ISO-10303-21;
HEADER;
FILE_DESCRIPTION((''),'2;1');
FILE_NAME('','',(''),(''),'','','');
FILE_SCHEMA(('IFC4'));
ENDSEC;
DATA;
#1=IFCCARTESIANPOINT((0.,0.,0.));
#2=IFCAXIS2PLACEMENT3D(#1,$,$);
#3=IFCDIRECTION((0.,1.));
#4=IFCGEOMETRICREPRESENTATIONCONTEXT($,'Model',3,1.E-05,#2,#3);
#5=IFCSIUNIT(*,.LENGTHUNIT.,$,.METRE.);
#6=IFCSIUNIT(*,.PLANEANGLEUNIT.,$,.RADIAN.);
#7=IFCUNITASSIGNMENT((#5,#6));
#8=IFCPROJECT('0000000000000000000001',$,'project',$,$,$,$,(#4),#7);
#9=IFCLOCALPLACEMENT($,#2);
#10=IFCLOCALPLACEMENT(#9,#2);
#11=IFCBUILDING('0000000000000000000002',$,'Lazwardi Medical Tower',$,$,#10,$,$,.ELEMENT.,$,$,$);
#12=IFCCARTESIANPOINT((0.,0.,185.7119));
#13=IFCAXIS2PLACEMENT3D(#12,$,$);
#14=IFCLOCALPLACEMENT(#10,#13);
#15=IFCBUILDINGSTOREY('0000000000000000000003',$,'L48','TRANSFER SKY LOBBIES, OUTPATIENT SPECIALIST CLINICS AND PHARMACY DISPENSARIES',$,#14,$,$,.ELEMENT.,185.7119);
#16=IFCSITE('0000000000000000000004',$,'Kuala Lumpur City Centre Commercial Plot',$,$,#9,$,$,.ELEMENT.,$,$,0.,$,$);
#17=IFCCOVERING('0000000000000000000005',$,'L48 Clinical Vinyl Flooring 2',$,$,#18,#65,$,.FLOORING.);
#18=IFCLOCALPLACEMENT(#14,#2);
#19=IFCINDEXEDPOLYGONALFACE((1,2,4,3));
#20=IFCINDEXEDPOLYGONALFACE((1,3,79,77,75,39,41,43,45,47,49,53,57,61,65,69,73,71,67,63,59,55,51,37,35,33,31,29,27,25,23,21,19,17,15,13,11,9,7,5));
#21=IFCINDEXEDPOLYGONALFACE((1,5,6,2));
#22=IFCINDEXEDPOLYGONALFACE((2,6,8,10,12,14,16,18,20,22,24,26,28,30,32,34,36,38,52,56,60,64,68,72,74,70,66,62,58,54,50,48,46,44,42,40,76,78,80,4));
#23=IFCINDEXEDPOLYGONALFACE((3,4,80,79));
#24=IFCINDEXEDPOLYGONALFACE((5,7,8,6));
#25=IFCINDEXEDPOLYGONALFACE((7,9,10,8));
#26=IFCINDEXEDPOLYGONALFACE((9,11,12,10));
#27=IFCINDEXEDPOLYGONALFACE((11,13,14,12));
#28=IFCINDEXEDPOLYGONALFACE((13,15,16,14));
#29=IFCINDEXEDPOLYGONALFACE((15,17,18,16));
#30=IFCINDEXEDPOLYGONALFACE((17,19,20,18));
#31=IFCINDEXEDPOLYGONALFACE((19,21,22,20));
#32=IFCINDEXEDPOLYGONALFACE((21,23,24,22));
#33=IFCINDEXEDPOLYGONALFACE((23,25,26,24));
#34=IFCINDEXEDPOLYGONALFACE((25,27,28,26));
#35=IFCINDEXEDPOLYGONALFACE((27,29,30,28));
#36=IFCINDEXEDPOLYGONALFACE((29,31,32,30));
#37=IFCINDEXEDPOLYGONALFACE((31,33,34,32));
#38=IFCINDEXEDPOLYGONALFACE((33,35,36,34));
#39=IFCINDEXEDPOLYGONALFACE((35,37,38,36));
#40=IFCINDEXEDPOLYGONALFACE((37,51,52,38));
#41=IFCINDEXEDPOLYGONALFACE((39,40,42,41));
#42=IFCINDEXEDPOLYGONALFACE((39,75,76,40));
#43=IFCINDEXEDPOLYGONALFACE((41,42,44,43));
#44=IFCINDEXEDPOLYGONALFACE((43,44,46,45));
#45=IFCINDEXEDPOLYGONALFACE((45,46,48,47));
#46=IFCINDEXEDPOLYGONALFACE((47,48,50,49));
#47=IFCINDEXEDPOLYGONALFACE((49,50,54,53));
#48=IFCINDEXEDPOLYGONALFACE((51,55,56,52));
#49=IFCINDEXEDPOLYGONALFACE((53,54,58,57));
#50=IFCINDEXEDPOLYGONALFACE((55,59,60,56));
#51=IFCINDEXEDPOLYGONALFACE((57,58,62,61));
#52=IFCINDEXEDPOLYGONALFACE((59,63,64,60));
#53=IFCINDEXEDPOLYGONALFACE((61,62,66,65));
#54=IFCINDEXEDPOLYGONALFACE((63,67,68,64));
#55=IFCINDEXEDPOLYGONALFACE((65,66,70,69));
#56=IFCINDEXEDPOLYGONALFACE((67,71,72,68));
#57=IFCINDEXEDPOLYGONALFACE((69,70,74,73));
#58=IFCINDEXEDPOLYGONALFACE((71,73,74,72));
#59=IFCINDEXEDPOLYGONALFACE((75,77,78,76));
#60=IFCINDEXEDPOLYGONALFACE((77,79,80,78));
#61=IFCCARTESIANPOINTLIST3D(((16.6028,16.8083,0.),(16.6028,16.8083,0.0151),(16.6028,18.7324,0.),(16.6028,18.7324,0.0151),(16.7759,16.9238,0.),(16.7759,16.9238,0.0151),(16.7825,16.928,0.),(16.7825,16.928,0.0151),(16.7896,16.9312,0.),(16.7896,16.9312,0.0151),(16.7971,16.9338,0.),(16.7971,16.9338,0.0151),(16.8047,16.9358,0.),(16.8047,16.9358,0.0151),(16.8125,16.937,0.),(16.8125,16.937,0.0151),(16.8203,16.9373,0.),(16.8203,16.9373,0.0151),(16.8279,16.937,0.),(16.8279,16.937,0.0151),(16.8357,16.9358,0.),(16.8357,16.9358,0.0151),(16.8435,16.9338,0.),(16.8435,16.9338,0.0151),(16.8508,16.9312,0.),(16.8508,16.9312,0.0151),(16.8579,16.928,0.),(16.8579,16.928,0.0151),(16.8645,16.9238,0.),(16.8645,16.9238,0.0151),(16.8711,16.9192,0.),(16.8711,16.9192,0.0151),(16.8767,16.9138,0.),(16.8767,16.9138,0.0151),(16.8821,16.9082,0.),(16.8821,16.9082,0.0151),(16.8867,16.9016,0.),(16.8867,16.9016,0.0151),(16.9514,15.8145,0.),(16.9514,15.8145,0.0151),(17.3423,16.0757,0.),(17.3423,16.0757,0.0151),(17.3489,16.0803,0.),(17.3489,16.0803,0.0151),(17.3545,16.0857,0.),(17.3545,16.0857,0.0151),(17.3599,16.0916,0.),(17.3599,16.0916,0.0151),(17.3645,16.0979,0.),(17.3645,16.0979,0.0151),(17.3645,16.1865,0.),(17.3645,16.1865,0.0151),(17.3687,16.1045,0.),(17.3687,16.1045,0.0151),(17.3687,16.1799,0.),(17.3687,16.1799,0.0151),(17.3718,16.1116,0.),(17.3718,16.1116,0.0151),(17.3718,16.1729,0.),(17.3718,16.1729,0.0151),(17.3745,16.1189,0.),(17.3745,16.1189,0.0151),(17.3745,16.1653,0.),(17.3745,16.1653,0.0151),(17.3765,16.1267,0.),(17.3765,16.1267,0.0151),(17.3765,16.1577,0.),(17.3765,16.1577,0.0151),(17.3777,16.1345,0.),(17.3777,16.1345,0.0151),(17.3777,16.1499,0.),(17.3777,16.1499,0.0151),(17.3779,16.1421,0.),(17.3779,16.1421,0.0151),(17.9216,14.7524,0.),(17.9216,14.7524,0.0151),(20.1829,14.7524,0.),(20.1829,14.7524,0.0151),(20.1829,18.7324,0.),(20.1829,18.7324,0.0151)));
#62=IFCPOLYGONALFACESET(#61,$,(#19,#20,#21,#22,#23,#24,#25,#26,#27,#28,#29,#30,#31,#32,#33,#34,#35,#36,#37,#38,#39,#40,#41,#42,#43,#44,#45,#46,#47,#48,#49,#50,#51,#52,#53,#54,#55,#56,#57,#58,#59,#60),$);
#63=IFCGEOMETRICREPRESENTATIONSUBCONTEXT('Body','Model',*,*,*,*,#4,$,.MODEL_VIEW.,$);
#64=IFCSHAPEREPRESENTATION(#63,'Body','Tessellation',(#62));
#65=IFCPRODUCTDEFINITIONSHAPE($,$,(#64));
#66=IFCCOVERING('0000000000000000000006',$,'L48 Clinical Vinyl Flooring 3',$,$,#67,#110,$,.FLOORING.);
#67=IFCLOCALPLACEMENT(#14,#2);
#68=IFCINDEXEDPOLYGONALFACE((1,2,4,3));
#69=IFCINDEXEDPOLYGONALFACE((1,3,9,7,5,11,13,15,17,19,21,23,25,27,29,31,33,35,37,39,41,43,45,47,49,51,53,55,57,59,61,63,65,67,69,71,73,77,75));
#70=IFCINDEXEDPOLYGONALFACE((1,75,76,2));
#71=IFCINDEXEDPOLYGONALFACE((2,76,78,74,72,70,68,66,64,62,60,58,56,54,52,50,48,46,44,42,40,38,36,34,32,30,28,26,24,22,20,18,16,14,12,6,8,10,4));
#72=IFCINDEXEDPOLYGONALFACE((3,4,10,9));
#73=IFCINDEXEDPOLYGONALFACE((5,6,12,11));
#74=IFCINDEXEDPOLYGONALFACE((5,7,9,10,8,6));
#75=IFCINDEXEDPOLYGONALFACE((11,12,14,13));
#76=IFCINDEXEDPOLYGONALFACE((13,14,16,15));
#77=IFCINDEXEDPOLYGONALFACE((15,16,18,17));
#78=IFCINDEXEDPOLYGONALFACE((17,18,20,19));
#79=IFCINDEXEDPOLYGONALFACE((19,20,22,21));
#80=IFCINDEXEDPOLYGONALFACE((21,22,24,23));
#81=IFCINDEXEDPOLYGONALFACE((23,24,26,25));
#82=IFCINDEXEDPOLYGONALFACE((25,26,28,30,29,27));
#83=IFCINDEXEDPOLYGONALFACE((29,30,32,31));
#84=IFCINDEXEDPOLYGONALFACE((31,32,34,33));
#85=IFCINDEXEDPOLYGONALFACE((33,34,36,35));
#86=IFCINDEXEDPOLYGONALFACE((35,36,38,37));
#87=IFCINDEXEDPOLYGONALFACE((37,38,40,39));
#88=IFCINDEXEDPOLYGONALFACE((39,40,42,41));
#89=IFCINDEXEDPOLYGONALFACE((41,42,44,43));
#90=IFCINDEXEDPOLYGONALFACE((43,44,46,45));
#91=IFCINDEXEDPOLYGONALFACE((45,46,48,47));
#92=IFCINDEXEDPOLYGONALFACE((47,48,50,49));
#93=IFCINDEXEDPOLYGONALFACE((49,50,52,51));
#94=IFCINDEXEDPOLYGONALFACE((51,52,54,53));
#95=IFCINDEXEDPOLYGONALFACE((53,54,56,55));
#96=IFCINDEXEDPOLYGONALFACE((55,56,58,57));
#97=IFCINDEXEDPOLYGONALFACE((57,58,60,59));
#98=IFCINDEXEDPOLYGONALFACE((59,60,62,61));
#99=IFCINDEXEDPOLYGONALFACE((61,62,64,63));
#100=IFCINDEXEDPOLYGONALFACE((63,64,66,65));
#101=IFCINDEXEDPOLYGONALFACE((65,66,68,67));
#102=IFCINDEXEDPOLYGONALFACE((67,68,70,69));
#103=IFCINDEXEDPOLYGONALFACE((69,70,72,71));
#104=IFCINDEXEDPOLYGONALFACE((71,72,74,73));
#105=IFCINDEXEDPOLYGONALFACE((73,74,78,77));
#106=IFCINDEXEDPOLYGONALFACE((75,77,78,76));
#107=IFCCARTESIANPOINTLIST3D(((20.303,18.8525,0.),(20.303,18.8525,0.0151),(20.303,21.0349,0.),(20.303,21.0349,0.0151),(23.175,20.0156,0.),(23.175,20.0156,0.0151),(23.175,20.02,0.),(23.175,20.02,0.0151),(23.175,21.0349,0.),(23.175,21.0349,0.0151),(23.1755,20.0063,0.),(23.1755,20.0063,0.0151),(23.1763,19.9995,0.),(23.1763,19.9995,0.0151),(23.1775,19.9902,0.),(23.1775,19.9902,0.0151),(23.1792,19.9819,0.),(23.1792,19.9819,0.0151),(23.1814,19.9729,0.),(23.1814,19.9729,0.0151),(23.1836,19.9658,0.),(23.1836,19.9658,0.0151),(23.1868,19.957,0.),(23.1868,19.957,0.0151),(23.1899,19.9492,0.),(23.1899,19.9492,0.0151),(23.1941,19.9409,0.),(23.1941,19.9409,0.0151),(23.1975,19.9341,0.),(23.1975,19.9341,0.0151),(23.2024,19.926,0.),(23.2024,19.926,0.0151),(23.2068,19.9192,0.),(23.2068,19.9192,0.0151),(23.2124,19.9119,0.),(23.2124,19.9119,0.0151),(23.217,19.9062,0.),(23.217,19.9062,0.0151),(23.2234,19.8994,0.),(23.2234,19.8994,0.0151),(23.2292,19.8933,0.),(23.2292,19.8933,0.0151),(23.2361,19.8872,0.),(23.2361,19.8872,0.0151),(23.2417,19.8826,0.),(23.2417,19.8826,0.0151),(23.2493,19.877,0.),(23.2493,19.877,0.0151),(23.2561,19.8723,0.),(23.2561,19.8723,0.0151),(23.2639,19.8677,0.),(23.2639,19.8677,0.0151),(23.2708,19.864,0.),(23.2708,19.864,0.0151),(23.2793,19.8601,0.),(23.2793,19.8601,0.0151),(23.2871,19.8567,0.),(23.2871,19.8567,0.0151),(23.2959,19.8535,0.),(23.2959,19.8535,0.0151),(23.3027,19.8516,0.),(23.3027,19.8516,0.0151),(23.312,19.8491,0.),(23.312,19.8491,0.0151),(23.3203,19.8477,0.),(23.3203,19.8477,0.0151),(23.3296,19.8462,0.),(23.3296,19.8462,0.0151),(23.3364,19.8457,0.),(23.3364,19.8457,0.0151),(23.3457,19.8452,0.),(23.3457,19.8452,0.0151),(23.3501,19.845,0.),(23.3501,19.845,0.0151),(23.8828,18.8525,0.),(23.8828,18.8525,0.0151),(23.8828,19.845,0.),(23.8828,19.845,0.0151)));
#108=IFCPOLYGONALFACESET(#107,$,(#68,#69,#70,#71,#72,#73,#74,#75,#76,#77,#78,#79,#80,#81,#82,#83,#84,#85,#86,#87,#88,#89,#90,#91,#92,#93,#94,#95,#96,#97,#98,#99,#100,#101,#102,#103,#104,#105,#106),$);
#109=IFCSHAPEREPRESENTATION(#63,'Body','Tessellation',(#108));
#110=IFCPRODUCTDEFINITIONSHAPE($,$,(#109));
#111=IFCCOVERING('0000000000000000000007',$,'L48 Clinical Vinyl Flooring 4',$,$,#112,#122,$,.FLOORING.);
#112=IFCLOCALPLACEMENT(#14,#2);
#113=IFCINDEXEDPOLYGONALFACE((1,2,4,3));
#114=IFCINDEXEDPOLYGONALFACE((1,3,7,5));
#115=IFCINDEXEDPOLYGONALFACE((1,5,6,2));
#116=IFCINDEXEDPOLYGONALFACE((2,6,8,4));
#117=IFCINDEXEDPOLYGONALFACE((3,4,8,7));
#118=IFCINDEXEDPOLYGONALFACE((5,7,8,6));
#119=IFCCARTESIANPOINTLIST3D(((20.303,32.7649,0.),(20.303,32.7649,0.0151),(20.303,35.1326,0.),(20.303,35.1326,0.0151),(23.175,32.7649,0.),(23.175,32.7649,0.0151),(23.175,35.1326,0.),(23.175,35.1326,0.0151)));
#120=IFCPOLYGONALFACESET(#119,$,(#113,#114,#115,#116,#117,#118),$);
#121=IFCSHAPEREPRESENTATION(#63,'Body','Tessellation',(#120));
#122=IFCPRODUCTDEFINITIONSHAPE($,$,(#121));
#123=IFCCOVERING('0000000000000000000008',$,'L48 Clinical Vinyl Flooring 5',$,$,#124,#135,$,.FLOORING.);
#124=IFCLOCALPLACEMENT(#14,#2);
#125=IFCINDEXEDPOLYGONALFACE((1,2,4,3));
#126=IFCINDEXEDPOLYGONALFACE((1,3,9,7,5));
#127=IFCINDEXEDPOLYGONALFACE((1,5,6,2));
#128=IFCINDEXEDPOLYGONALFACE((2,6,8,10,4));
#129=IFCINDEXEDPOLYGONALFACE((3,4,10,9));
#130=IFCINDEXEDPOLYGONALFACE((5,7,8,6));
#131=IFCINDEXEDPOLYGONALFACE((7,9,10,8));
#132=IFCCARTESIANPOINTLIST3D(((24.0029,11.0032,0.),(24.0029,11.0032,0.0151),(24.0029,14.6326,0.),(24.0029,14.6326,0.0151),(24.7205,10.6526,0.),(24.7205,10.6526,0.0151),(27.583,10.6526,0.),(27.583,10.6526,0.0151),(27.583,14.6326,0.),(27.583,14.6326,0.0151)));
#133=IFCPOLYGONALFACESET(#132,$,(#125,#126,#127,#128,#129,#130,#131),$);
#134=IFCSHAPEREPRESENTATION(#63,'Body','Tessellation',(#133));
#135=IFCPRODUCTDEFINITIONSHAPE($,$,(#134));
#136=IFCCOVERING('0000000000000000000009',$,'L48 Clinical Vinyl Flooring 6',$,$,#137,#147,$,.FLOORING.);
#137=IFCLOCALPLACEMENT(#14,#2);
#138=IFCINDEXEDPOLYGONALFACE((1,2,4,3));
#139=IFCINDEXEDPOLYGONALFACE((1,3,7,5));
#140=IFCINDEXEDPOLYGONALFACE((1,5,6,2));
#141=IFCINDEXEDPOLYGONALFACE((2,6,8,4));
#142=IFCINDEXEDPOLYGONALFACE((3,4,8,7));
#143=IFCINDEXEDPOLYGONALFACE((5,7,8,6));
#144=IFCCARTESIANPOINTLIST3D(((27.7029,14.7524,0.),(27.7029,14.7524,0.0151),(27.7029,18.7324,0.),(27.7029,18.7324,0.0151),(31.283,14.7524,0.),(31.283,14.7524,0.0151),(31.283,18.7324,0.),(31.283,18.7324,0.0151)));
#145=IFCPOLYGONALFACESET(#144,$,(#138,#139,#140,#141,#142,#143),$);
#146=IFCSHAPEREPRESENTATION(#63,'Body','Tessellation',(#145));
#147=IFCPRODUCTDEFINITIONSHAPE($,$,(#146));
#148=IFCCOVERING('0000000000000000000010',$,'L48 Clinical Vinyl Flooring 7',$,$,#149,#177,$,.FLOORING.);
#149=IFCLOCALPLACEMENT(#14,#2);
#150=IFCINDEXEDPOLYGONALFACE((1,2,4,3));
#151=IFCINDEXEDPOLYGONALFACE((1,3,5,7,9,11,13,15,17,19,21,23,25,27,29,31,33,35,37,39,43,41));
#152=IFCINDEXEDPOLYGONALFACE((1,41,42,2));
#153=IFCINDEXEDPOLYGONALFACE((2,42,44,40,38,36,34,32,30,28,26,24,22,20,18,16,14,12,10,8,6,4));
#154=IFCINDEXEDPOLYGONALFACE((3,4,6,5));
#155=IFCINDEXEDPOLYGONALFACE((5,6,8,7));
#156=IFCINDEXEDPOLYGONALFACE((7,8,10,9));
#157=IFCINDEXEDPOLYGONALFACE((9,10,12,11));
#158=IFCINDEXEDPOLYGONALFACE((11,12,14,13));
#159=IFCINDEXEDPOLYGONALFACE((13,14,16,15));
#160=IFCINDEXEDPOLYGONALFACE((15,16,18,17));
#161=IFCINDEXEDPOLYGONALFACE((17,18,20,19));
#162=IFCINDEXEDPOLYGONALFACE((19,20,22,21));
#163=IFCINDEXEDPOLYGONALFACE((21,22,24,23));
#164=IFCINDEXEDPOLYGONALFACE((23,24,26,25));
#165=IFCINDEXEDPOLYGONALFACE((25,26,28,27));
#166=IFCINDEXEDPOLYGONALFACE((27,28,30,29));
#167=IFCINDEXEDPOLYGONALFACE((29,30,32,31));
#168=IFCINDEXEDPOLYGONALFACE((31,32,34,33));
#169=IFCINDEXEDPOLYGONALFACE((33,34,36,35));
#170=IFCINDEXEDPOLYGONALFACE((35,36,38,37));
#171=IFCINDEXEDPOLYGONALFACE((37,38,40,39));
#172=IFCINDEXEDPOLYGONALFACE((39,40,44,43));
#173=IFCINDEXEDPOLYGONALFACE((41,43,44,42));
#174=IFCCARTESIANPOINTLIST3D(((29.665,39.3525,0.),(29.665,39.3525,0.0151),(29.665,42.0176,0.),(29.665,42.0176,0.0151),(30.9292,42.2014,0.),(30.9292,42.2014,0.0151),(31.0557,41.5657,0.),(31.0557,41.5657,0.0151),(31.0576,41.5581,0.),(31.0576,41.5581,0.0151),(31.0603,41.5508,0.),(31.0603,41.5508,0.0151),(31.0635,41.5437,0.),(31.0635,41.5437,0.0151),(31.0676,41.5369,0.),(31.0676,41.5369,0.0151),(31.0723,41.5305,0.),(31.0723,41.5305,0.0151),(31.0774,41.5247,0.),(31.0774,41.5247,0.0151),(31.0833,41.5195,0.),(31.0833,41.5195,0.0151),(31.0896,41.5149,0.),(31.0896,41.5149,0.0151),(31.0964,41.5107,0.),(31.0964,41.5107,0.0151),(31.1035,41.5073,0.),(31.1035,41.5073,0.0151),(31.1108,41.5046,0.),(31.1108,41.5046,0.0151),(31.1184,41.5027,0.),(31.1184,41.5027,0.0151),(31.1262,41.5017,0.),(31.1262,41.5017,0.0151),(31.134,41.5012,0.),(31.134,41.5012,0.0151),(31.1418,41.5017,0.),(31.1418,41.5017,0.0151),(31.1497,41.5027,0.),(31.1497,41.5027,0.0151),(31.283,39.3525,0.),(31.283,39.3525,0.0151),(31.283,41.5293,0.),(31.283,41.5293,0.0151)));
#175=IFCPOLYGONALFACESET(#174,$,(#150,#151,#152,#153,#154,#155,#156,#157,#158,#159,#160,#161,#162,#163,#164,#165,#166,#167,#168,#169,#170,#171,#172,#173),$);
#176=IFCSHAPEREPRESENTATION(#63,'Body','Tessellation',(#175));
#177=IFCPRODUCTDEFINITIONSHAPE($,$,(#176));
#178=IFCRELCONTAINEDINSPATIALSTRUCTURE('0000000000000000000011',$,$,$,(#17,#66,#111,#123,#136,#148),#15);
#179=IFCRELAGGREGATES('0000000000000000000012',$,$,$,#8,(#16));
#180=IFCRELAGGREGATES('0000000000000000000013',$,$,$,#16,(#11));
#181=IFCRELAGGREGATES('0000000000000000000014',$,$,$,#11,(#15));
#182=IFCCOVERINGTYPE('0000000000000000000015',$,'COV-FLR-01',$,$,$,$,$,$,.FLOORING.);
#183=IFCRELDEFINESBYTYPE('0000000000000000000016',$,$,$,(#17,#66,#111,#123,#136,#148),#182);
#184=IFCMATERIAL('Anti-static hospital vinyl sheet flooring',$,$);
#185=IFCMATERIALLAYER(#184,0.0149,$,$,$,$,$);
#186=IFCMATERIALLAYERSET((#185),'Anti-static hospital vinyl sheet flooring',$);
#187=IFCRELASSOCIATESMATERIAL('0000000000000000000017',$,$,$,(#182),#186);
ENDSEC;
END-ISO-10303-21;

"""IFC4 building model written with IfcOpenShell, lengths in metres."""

from ifc_helpers import new_model, si_unit, direction, frame, origin, place, context, subcontext, project, spatial, polyline, outline, extrude, material, layer, layer_set, type_object, element, save


model = new_model("IFC4")

# Units and contexts
model_context = context("Model", 3, precision=1e-05, world=origin(), true_north=direction((0.0, 1.0)))
body_context = subcontext(model_context, "Body", "Model", "MODEL_VIEW")
ifc_project = project(units=[si_unit("LENGTHUNIT", "METRE"), si_unit("PLANEANGLEUNIT", "RADIAN")], contexts=[model_context])

# Site, building, storey
site_placement = place(None, origin())
site = spatial("IfcSite", under=ifc_project, at=site_placement, Name="Kuala Lumpur City Centre Commercial Plot", CompositionType="ELEMENT", RefElevation=0.0)
building_placement = place(site_placement, origin())
building = spatial("IfcBuilding", under=site, at=building_placement, Name="Lazwardi Medical Tower", CompositionType="ELEMENT")
storey_placement = place(building_placement, frame((0.0, 0.0, 185.7119)))
storey = spatial("IfcBuildingStorey", under=building, at=storey_placement, Name="L48", Description="TRANSFER SKY LOBBIES, OUTPATIENT SPECIALIST CLINICS AND PHARMACY DISPENSARIES", CompositionType="ELEMENT", Elevation=185.7119)

# Coverings
ifc_material_1 = material(Name="Anti-static hospital vinyl sheet flooring")
ifc_layer_1 = layer(ifc_material_1, 0.0149)
ifc_layer_set_1 = layer_set([ifc_layer_1], Name="Anti-static hospital vinyl sheet flooring")
covering_type_1 = type_object("IfcCoveringType", Name="COV-FLR-01", PredefinedType="FLOORING", material=ifc_layer_set_1)
covering_1_placement = place(storey_placement, origin())
element("IfcCovering", 1, at=covering_1_placement, inside=storey, type_object=covering_type_1, Name="L48 Clinical Vinyl Flooring 2", PredefinedType="FLOORING", context=body_context, shape_type="SweptSolid", body=[
    extrude(outline(polyline([(16.6028, 16.8083), (16.7759, 16.9238), (16.7825, 16.928), (16.7896, 16.9312), (16.7971, 16.9338), (16.8047, 16.9358), (16.8125, 16.937), (16.8203, 16.9373), (16.8279, 16.937), (16.8357, 16.9358), (16.8435, 16.9338), (16.8508, 16.9312), (16.8579, 16.928), (16.8645, 16.9238), (16.8711, 16.9192), (16.8767, 16.9138), (16.8821, 16.9082), (16.8867, 16.9016), (17.3645, 16.1865), (17.3687, 16.1799), (17.3718, 16.1729), (17.3745, 16.1653), (17.3765, 16.1577), (17.3777, 16.1499), (17.3779, 16.1421), (17.3777, 16.1345), (17.3765, 16.1267), (17.3745, 16.1189), (17.3718, 16.1116), (17.3687, 16.1045), (17.3645, 16.0979), (17.3599, 16.0916), (17.3545, 16.0857), (17.3489, 16.0803), (17.3423, 16.0757), (16.9514, 15.8145), (17.9216, 14.7524), (20.1829, 14.7524), (20.1829, 18.7324), (16.6028, 18.7324), (16.6028, 16.8083)])), origin(), (0.0, 0.0, 1.0), 0.0151),
])
covering_2_placement = place(storey_placement, origin())
element("IfcCovering", 2, at=covering_2_placement, inside=storey, type_object=covering_type_1, Name="L48 Clinical Vinyl Flooring 3", PredefinedType="FLOORING", context=body_context, shape_type="SweptSolid", body=[
    extrude(outline(polyline([(23.8828, 19.845), (23.3501, 19.845), (23.3457, 19.8452), (23.3364, 19.8457), (23.3296, 19.8462), (23.3203, 19.8477), (23.312, 19.8491), (23.3027, 19.8516), (23.2959, 19.8535), (23.2871, 19.8567), (23.2793, 19.8601), (23.2708, 19.864), (23.2639, 19.8677), (23.2561, 19.8723), (23.2493, 19.877), (23.2417, 19.8826), (23.2361, 19.8872), (23.2292, 19.8933), (23.2234, 19.8994), (23.217, 19.9062), (23.2124, 19.9119), (23.2068, 19.9192), (23.2024, 19.926), (23.1975, 19.9341), (23.1941, 19.9409), (23.1899, 19.9492), (23.1868, 19.957), (23.1836, 19.9658), (23.1814, 19.9729), (23.1792, 19.9819), (23.1775, 19.9902), (23.1763, 19.9995), (23.1755, 20.0063), (23.175, 20.0156), (23.175, 20.02), (23.175, 21.0349), (20.303, 21.0349), (20.303, 18.8525), (23.8828, 18.8525), (23.8828, 19.845)])), origin(), (0.0, 0.0, 1.0), 0.0151),
])
covering_3_placement = place(storey_placement, origin())
element("IfcCovering", 3, at=covering_3_placement, inside=storey, type_object=covering_type_1, Name="L48 Clinical Vinyl Flooring 4", PredefinedType="FLOORING", context=body_context, shape_type="SweptSolid", body=[
    extrude(outline(polyline([(20.303, 32.7649), (23.175, 32.7649), (23.175, 35.1326), (20.303, 35.1326), (20.303, 32.7649)])), origin(), (0.0, 0.0, 1.0), 0.0151),
])
covering_4_placement = place(storey_placement, origin())
element("IfcCovering", 4, at=covering_4_placement, inside=storey, type_object=covering_type_1, Name="L48 Clinical Vinyl Flooring 5", PredefinedType="FLOORING", context=body_context, shape_type="SweptSolid", body=[
    extrude(outline(polyline([(24.0029, 11.0032), (24.7205, 10.6526), (27.583, 10.6526), (27.583, 14.6326), (24.0029, 14.6326), (24.0029, 11.0032)])), origin(), (0.0, 0.0, 1.0), 0.0151),
])
covering_5_placement = place(storey_placement, origin())
element("IfcCovering", 5, at=covering_5_placement, inside=storey, type_object=covering_type_1, Name="L48 Clinical Vinyl Flooring 6", PredefinedType="FLOORING", context=body_context, shape_type="SweptSolid", body=[
    extrude(outline(polyline([(31.283, 14.7524), (31.283, 18.7324), (27.7029, 18.7324), (27.7029, 14.7524), (31.283, 14.7524)])), origin(), (0.0, 0.0, 1.0), 0.0151),
])
covering_6_placement = place(storey_placement, origin())
element("IfcCovering", 6, at=covering_6_placement, inside=storey, type_object=covering_type_1, Name="L48 Clinical Vinyl Flooring 7", PredefinedType="FLOORING", context=body_context, shape_type="SweptSolid", body=[
    extrude(outline(polyline([(31.283, 41.5293), (31.1497, 41.5027), (31.1418, 41.5017), (31.134, 41.5012), (31.1262, 41.5017), (31.1184, 41.5027), (31.1108, 41.5046), (31.1035, 41.5073), (31.0964, 41.5107), (31.0896, 41.5149), (31.0833, 41.5195), (31.0774, 41.5247), (31.0723, 41.5305), (31.0676, 41.5369), (31.0635, 41.5437), (31.0603, 41.5508), (31.0576, 41.5581), (31.0557, 41.5657), (30.9292, 42.2014), (29.665, 42.0176), (29.665, 39.3525), (31.283, 39.3525), (31.283, 41.5293)])), origin(), (0.0, 0.0, 1.0), 0.0151),
])

save(model, "model.ifc")
